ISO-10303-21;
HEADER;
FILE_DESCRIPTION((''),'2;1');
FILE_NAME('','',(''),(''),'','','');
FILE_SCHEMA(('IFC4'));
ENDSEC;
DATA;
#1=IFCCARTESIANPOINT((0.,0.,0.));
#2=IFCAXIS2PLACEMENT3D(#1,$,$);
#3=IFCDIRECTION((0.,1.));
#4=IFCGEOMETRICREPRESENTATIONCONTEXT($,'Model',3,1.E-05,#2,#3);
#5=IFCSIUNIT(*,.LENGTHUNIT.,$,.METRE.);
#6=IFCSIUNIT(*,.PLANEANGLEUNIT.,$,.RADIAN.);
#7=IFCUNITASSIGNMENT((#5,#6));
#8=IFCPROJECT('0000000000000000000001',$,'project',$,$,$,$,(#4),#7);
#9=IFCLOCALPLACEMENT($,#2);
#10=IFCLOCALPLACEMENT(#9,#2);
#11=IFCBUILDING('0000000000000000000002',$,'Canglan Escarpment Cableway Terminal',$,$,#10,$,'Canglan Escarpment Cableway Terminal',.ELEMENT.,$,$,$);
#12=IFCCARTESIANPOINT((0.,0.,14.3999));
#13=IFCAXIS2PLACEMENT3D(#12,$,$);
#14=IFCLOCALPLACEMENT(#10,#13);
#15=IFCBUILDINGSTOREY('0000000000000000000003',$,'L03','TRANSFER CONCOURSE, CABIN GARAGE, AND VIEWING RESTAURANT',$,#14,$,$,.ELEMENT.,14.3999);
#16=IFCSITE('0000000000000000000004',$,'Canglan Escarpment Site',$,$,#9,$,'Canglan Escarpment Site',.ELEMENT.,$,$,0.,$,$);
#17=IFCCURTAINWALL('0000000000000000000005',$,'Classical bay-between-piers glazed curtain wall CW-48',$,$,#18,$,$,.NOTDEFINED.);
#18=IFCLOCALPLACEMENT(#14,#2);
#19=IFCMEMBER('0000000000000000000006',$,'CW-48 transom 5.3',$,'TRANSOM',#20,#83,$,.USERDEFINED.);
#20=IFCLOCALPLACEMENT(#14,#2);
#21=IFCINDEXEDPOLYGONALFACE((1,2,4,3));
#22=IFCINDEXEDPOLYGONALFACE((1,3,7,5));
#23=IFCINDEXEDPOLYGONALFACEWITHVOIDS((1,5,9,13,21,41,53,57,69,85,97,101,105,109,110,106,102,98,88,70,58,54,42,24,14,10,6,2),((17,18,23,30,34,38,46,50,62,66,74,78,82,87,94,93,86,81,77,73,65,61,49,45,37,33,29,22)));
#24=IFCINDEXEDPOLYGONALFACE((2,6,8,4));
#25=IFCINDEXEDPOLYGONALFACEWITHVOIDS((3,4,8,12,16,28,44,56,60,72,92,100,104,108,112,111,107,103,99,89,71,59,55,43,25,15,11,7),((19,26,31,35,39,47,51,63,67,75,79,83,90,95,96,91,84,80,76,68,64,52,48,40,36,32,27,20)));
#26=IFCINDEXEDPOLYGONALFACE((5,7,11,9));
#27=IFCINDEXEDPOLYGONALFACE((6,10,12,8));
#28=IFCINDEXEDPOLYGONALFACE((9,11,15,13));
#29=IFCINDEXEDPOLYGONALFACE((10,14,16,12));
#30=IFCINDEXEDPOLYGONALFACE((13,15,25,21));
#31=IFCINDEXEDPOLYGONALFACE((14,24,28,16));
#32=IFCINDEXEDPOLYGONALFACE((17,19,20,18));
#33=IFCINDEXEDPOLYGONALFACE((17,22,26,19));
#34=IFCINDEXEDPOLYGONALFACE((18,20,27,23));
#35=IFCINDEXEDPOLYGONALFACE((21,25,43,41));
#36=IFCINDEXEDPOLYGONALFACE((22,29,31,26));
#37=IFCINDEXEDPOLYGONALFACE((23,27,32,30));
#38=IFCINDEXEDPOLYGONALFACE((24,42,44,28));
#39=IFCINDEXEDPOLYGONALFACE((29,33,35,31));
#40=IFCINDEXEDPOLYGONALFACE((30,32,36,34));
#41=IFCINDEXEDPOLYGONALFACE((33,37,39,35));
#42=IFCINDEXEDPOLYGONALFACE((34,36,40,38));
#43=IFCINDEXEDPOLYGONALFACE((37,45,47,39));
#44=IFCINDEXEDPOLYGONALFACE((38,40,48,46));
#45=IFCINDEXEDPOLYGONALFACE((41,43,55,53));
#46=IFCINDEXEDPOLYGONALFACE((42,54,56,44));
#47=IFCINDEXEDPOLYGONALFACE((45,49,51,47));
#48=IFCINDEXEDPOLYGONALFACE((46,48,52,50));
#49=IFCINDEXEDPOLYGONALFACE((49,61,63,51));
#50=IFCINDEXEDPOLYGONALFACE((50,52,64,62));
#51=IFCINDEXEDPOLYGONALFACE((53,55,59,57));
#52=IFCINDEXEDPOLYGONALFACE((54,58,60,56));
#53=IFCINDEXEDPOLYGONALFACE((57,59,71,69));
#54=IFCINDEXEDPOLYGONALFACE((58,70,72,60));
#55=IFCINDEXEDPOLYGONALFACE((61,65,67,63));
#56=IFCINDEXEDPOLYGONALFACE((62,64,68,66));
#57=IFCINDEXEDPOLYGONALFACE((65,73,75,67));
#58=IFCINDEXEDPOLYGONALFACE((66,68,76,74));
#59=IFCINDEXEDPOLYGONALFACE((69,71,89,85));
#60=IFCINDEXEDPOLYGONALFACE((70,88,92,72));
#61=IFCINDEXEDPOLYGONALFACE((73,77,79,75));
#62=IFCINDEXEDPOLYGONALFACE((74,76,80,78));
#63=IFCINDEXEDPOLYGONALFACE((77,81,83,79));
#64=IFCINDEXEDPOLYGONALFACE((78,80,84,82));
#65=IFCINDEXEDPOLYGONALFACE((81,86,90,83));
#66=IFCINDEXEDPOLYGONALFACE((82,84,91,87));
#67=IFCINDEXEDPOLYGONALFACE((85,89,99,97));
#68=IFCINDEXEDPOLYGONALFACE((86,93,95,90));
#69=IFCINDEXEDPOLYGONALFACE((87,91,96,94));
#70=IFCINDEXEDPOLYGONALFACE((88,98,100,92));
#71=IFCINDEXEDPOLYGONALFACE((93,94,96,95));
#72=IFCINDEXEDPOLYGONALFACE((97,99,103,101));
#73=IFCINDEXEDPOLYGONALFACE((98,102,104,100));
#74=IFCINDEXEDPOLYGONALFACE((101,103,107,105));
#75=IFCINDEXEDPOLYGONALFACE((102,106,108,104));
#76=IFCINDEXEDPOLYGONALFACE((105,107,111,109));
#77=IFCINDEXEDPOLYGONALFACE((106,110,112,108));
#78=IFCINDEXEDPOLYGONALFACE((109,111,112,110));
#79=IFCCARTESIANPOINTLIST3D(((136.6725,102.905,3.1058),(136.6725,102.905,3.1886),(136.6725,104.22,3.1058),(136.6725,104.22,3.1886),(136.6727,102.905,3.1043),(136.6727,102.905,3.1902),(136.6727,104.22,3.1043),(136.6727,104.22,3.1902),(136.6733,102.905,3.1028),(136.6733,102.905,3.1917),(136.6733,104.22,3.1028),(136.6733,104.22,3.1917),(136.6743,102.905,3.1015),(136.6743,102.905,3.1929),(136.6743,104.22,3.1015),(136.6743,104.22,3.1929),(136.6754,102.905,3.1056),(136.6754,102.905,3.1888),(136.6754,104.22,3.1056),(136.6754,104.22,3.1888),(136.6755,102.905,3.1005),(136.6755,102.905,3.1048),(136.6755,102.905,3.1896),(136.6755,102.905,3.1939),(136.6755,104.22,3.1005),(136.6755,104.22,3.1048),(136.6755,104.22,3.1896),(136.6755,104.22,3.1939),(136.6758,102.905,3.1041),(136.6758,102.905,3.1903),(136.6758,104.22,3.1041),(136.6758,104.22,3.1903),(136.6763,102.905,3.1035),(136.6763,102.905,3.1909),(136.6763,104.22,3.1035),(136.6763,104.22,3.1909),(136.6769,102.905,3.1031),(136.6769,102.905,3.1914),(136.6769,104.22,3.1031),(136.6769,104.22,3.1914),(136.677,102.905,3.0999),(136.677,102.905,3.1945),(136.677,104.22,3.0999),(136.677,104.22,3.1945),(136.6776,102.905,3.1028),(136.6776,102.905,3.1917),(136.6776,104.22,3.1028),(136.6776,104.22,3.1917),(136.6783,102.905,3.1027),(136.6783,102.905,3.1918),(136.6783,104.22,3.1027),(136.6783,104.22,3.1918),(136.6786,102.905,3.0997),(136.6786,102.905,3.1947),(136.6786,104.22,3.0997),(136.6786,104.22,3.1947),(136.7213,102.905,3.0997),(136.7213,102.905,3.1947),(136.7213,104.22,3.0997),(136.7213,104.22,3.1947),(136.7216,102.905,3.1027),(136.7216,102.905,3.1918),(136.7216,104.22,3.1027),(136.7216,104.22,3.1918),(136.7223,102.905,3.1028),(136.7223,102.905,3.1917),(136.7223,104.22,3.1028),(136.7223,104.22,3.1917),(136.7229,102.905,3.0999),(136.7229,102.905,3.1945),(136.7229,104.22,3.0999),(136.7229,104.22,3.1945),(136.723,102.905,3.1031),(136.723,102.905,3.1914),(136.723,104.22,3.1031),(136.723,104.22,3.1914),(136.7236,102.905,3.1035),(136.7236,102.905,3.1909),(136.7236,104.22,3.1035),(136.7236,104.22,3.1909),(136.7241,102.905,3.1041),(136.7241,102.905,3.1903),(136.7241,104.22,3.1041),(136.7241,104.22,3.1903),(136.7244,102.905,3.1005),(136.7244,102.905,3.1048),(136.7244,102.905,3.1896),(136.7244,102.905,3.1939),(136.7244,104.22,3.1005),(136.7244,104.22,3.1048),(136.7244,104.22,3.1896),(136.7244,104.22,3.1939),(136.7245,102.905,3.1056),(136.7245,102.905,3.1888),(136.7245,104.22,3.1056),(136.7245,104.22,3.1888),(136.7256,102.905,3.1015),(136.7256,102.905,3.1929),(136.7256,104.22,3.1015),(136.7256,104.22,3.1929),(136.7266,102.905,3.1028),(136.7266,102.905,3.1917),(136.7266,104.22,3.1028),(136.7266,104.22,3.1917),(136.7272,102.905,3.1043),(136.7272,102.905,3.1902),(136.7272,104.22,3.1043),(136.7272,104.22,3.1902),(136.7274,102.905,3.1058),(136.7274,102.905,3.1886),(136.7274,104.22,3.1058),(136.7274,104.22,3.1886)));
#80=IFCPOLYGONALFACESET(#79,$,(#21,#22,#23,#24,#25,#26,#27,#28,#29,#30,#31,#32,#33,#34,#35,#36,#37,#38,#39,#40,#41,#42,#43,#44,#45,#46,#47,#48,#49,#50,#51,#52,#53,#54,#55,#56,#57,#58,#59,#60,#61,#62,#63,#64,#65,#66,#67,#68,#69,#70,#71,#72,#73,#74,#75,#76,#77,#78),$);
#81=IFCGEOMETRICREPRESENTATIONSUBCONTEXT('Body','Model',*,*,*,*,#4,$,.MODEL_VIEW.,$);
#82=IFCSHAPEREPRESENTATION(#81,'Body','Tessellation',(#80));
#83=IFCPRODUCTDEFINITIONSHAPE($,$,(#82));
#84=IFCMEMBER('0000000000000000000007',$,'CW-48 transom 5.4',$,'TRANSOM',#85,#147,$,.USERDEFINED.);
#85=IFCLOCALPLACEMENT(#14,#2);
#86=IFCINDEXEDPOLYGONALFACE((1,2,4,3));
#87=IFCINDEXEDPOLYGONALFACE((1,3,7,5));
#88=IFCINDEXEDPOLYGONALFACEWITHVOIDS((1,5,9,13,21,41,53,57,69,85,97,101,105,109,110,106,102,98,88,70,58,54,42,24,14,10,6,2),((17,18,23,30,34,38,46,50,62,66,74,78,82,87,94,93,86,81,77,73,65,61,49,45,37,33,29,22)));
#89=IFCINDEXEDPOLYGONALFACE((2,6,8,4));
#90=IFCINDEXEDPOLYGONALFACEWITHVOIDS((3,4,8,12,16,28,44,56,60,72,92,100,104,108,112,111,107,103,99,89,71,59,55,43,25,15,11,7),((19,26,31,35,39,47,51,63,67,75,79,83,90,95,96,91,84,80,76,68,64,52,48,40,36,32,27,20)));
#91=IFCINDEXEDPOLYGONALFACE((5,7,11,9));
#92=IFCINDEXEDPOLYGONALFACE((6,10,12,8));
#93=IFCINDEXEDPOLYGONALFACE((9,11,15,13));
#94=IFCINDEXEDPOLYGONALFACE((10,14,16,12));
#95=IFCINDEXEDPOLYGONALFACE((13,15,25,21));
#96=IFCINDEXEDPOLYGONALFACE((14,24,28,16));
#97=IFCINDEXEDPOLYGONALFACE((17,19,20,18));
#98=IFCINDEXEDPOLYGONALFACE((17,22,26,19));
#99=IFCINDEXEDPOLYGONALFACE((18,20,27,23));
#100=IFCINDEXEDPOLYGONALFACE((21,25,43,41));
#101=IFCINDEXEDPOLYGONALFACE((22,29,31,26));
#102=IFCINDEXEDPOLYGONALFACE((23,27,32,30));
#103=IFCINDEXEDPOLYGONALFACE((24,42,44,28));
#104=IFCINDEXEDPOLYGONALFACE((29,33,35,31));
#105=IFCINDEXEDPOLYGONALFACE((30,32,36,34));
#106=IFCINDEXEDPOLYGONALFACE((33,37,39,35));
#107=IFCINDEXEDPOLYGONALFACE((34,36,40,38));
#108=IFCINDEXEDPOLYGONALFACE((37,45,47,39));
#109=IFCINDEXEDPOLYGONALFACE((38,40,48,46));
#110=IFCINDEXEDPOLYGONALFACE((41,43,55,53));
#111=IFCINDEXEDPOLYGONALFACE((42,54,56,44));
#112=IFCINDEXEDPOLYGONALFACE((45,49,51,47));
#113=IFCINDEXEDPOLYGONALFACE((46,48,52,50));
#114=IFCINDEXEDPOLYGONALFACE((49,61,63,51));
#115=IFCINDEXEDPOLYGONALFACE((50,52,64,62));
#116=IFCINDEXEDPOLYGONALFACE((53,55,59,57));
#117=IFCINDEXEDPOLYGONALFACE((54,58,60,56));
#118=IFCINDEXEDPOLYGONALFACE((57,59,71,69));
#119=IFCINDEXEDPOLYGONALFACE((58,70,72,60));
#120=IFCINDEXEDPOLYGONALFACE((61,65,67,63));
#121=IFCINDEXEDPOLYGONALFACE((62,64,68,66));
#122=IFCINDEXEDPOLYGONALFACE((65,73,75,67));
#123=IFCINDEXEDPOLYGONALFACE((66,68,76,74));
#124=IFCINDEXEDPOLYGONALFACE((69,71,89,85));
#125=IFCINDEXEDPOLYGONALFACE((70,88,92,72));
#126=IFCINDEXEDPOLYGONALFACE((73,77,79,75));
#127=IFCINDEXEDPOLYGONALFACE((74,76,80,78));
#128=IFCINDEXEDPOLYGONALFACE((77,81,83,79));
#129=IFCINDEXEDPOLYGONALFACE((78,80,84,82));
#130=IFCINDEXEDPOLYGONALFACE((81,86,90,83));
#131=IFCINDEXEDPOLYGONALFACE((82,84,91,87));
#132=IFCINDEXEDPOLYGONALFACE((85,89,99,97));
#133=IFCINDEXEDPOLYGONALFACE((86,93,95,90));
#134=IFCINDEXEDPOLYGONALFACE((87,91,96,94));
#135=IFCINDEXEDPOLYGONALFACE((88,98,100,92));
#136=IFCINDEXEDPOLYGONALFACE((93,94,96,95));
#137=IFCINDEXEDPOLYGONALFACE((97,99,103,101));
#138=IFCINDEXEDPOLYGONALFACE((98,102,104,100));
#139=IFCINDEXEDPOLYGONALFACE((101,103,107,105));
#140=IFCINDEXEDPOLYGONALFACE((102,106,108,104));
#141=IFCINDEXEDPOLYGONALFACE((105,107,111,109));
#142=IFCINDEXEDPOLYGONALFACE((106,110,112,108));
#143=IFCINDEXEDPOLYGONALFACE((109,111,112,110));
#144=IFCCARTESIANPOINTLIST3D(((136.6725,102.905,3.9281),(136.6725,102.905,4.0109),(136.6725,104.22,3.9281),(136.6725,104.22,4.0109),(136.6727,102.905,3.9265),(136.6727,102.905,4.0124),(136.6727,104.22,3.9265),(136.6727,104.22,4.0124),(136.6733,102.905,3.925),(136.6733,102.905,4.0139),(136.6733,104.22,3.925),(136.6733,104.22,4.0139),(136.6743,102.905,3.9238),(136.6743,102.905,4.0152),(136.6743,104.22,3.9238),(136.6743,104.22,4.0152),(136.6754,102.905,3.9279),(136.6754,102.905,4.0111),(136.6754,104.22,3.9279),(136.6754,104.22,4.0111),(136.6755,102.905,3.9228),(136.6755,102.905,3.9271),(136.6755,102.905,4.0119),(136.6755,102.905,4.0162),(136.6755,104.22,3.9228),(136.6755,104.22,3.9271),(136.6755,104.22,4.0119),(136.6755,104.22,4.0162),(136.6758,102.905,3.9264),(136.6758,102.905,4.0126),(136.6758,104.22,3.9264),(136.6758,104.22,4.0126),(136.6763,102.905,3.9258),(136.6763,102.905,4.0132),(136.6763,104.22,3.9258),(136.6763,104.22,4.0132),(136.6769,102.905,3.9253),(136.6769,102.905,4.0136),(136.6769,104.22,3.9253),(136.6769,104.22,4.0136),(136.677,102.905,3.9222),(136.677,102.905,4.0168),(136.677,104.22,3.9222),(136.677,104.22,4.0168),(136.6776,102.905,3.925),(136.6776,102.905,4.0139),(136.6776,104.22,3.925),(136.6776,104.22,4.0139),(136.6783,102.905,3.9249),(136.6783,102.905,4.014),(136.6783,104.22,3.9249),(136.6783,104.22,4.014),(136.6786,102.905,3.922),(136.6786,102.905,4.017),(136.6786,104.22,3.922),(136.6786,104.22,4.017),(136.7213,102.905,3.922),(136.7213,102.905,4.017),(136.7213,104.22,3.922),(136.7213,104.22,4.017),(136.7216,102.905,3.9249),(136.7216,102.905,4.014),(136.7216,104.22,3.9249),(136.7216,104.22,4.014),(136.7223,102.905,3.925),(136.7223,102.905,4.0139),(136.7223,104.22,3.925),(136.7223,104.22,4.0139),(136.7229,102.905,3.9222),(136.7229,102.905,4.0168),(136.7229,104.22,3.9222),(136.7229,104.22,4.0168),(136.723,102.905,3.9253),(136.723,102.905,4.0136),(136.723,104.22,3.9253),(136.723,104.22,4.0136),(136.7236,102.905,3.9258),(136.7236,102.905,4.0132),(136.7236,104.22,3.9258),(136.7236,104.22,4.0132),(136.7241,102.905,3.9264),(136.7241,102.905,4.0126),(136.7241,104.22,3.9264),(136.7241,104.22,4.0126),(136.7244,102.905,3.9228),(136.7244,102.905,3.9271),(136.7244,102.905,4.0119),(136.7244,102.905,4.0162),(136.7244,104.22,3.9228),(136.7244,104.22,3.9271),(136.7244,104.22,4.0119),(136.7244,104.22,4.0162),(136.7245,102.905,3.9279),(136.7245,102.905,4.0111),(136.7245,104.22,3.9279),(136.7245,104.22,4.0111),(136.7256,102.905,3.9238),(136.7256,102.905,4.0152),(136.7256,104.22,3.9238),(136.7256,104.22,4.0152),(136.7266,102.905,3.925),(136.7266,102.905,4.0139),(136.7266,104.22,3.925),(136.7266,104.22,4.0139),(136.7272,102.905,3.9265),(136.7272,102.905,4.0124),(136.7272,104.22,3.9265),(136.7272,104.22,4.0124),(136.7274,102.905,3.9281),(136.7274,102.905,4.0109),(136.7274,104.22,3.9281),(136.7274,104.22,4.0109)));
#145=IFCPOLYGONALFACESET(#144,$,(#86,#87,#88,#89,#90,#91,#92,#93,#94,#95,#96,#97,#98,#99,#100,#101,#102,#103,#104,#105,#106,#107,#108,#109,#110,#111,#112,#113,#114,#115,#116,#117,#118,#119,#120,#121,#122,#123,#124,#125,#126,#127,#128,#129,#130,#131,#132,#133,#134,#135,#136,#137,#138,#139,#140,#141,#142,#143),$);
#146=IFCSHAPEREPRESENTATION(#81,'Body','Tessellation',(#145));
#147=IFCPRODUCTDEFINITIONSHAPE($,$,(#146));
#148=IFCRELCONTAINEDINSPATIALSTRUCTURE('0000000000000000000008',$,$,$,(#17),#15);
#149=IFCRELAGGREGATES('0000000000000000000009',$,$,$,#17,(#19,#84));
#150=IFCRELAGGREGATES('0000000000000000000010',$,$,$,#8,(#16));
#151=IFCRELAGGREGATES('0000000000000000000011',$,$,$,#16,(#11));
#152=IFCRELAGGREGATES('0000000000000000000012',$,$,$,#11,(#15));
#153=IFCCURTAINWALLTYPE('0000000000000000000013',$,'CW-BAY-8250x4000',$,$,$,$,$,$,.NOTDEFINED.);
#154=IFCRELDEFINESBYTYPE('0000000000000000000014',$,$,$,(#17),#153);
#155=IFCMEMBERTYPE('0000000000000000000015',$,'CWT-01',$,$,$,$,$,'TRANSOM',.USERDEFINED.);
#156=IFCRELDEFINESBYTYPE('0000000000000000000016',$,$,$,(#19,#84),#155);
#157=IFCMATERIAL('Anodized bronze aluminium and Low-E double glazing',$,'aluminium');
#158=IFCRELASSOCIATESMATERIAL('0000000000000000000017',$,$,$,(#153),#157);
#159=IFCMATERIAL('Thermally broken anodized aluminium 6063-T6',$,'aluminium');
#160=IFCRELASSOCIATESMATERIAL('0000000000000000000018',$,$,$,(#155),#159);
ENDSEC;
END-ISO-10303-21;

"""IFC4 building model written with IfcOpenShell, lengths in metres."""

from ifc_helpers import new_model, si_unit, direction, frame, origin, origin_2d, place, context, subcontext, project, spatial, hollow_rectangle, extrude, material, material_profile, profile_set, type_object, element, aggregate, save


model = new_model("IFC4")

# Units and contexts
model_context = context("Model", 3, precision=1e-05, world=origin(), true_north=direction((0.0, 1.0)))
body_context = subcontext(model_context, "Body", "Model", "MODEL_VIEW")
ifc_project = project(units=[si_unit("LENGTHUNIT", "METRE"), si_unit("PLANEANGLEUNIT", "RADIAN")], contexts=[model_context])

# Site, building, storey
site_placement = place(None, origin())
site = spatial("IfcSite", under=ifc_project, at=site_placement, Name="Canglan Escarpment Site", LongName="Canglan Escarpment Site", CompositionType="ELEMENT", RefElevation=0.0)
building_placement = place(site_placement, origin())
building = spatial("IfcBuilding", under=site, at=building_placement, Name="Canglan Escarpment Cableway Terminal", LongName="Canglan Escarpment Cableway Terminal", CompositionType="ELEMENT")
storey_placement = place(building_placement, frame((0.0, 0.0, 14.3999)))
storey = spatial("IfcBuildingStorey", under=building, at=storey_placement, Name="L03", Description="TRANSFER CONCOURSE, CABIN GARAGE, AND VIEWING RESTAURANT", CompositionType="ELEMENT", Elevation=14.3999)

# Curtain wall, members
ifc_material_1 = material(Name="Anodized bronze aluminium and Low-E double glazing", Category="aluminium")
curtain_wall_type = type_object("IfcCurtainWallType", Name="CW-BAY-8250x4000", PredefinedType="NOTDEFINED", material=ifc_material_1)
curtain_wall_placement = place(storey_placement, origin())
curtain_wall = element("IfcCurtainWall", 1, at=curtain_wall_placement, inside=storey, type_object=curtain_wall_type, Name="Classical bay-between-piers glazed curtain wall CW-48", PredefinedType="NOTDEFINED")
ifc_material_2 = material(Name="Thermally broken anodized aluminium 6063-T6", Category="aluminium")
ifc_material_profile_1 = material_profile(ifc_material_2, hollow_rectangle(XDim=0.0549, YDim=0.095, WallThickness=0.0029, InnerFilletRadius=0.0029, OuterFilletRadius=0.0061, at=origin_2d()), Name="ALU-TRAN 55x95x3")
ifc_profile_set_1 = profile_set([ifc_material_profile_1], Name="Thermally broken anodized aluminium 6063-T6")
member_type_1 = type_object("IfcMemberType", Name="CWT-01", ElementType="TRANSOM", PredefinedType="USERDEFINED", material=ifc_profile_set_1)
member_1_placement = place(storey_placement, frame((136.7, 102.905, 3.1472), z_axis=(0.0, 1.0, 0.0), x_axis=(-1.0, 0.0, 0.0)))
member_1 = element("IfcMember", 2, at=member_1_placement, type_object=member_type_1, Name="CW-48 transom 5.3", ObjectType="TRANSOM", PredefinedType="USERDEFINED", context=body_context, shape_type="SweptSolid", body=[
    extrude(hollow_rectangle(XDim=0.0549, YDim=0.095, WallThickness=0.0029, InnerFilletRadius=0.0029, OuterFilletRadius=0.0061, at=origin_2d()), origin(), (0.0, 0.0, 1.0), 1.3149),
])
member_2_placement = place(storey_placement, frame((136.7, 102.905, 3.9695), z_axis=(0.0, 1.0, 0.0), x_axis=(-1.0, 0.0, 0.0)))
member_2 = element("IfcMember", 3, at=member_2_placement, type_object=member_type_1, Name="CW-48 transom 5.4", ObjectType="TRANSOM", PredefinedType="USERDEFINED", context=body_context, shape_type="SweptSolid", body=[
    extrude(hollow_rectangle(XDim=0.0549, YDim=0.095, WallThickness=0.0029, InnerFilletRadius=0.0029, OuterFilletRadius=0.0061, at=origin_2d()), origin(), (0.0, 0.0, 1.0), 1.3149),
])
aggregate(curtain_wall, [member_1, member_2])

save(model, "model.ifc")
